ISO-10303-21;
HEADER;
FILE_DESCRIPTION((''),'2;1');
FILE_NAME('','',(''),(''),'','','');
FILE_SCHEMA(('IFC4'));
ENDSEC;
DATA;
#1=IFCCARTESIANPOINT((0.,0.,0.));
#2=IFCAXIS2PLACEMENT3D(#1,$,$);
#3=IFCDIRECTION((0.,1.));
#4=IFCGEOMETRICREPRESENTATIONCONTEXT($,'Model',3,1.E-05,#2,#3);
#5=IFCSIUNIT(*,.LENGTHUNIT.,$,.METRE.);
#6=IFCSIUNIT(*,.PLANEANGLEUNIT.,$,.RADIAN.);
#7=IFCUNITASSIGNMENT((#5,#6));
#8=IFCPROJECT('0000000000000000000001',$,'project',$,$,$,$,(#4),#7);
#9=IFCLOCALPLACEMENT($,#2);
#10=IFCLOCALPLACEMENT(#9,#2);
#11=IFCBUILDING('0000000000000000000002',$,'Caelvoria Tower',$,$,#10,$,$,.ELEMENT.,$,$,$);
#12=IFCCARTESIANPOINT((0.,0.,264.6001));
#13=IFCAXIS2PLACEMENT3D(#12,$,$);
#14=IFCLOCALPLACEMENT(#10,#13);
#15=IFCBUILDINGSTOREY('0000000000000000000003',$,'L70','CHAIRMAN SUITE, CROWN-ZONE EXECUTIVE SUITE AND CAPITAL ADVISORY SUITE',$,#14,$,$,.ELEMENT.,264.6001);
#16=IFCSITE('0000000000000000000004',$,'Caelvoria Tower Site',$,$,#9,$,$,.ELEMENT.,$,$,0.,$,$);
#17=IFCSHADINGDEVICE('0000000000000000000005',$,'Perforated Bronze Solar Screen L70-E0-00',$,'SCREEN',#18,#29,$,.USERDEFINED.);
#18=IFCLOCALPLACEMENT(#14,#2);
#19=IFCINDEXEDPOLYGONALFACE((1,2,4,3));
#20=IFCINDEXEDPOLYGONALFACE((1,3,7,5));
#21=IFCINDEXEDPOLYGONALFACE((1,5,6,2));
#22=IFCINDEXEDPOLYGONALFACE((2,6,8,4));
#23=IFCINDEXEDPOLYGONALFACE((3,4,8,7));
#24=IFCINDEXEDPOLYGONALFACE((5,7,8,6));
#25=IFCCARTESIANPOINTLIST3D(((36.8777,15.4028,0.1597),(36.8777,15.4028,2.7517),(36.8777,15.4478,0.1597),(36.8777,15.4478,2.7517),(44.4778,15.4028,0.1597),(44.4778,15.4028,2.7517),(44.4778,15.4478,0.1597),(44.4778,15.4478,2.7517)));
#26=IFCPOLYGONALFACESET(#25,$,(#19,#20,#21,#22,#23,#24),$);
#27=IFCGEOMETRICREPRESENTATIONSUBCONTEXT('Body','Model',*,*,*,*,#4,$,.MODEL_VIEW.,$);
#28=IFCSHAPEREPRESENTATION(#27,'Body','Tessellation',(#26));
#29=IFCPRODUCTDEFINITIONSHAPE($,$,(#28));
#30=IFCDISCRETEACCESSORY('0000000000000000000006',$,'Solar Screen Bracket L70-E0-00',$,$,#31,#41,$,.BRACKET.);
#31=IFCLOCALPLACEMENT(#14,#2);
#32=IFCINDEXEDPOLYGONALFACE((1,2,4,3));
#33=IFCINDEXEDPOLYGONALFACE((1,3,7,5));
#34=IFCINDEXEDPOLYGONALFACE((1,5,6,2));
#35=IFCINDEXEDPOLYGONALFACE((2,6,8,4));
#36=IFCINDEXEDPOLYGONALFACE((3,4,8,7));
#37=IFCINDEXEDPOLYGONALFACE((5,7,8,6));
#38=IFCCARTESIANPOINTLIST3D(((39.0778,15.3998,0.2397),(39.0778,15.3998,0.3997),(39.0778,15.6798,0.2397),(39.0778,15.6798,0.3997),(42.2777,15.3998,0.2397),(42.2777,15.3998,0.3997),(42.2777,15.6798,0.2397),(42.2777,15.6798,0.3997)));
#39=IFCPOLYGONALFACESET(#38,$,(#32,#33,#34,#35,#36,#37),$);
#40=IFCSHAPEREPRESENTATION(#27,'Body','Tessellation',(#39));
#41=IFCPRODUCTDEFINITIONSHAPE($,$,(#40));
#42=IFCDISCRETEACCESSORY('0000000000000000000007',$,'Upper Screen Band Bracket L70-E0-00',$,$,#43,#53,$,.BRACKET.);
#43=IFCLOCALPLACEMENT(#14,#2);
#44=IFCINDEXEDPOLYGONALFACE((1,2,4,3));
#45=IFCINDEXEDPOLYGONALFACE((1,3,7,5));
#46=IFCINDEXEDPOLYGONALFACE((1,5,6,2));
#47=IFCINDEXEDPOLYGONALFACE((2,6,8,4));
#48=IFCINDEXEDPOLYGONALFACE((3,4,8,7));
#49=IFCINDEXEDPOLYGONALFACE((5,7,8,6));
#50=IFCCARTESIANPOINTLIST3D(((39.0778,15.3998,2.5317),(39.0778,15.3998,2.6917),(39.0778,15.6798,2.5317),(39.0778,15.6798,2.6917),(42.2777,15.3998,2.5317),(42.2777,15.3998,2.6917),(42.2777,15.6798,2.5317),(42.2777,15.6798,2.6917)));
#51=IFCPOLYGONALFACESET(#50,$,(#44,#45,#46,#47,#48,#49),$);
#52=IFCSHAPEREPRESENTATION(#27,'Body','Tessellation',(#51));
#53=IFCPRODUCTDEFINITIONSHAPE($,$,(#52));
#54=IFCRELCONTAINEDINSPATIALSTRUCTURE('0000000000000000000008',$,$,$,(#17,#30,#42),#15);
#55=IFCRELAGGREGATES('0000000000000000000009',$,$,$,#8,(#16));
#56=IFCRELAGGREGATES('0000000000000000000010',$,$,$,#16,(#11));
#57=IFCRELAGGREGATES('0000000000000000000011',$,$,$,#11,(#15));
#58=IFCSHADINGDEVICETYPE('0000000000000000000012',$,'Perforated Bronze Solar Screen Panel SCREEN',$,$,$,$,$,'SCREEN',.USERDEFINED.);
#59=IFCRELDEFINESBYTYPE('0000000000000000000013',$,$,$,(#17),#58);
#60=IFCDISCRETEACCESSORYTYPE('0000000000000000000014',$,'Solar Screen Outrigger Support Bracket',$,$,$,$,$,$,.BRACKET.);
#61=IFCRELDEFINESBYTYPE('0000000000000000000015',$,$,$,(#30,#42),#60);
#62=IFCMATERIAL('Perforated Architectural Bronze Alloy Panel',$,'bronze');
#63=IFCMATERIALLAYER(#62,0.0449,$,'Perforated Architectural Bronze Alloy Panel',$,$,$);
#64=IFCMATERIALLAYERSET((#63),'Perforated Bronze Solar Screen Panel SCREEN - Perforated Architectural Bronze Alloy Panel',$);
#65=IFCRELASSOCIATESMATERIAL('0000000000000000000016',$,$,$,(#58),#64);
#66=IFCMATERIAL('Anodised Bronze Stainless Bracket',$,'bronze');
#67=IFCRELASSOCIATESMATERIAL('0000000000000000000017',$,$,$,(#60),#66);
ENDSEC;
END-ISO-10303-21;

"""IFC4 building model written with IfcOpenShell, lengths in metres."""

from ifc_helpers import new_model, si_unit, direction, frame, origin, origin_2d, place, context, subcontext, project, spatial, rectangle, extrude, material, layer, layer_set, type_object, element, save


model = new_model("IFC4")

# Units and contexts
model_context = context("Model", 3, precision=1e-05, world=origin(), true_north=direction((0.0, 1.0)))
body_context = subcontext(model_context, "Body", "Model", "MODEL_VIEW")
ifc_project = project(units=[si_unit("LENGTHUNIT", "METRE"), si_unit("PLANEANGLEUNIT", "RADIAN")], contexts=[model_context])

# Site, building, storey
site_placement = place(None, origin())
site = spatial("IfcSite", under=ifc_project, at=site_placement, Name="Caelvoria Tower Site", CompositionType="ELEMENT", RefElevation=0.0)
building_placement = place(site_placement, origin())
building = spatial("IfcBuilding", under=site, at=building_placement, Name="Caelvoria Tower", CompositionType="ELEMENT")
storey_placement = place(building_placement, frame((0.0, 0.0, 264.6001)))
storey = spatial("IfcBuildingStorey", under=building, at=storey_placement, Name="L70", Description="CHAIRMAN SUITE, CROWN-ZONE EXECUTIVE SUITE AND CAPITAL ADVISORY SUITE", CompositionType="ELEMENT", Elevation=264.6001)

# Shading device
ifc_material_1 = material(Name="Perforated Architectural Bronze Alloy Panel", Category="bronze")
ifc_layer_1 = layer(ifc_material_1, 0.0449, Name="Perforated Architectural Bronze Alloy Panel")
ifc_layer_set_1 = layer_set([ifc_layer_1], Name="Perforated Bronze Solar Screen Panel SCREEN - Perforated Architectural Bronze Alloy Panel")
shading_device_type = type_object("IfcShadingDeviceType", Name="Perforated Bronze Solar Screen Panel SCREEN", ElementType="SCREEN", PredefinedType="USERDEFINED", material=ifc_layer_set_1)
shading_device_placement = place(storey_placement, frame((40.6777, 15.4253, 0.1597), z_axis=(0.0, 0.0, 1.0), x_axis=(1.0, 0.0, 0.0)))
element("IfcShadingDevice", 1, at=shading_device_placement, inside=storey, type_object=shading_device_type, Name="Perforated Bronze Solar Screen L70-E0-00", ObjectType="SCREEN", PredefinedType="USERDEFINED", context=body_context, shape_type="SweptSolid", body=[
    extrude(rectangle(XDim=7.6001, YDim=0.0449, at=origin_2d()), origin(), (0.0, 0.0, 1.0), 2.592),
])

# Discrete accessories
ifc_material_2 = material(Name="Anodised Bronze Stainless Bracket", Category="bronze")
discrete_accessory_type = type_object("IfcDiscreteAccessoryType", Name="Solar Screen Outrigger Support Bracket", PredefinedType="BRACKET", material=ifc_material_2)
for number, where, z_axis, x_axis, name in (
    (2, (40.6777, 15.5398, 0.2397), (0.0, 0.0, 1.0), (1.0, 0.0, 0.0), "Solar Screen Bracket L70-E0-00"),
    (3, (40.6777, 15.5398, 2.5317), (0.0, 0.0, 1.0), (1.0, 0.0, 0.0), "Upper Screen Band Bracket L70-E0-00"),
):
    element("IfcDiscreteAccessory", number, at=place(storey_placement, frame(where, z_axis=z_axis, x_axis=x_axis)), inside=storey, type_object=discrete_accessory_type, Name=name, PredefinedType="BRACKET", context=body_context, shape_type="SweptSolid", body=[
        extrude(rectangle(XDim=3.2, YDim=0.28, at=origin_2d()), origin(), (0.0, 0.0, 1.0), 0.1599),
    ])

save(model, "model.ifc")
